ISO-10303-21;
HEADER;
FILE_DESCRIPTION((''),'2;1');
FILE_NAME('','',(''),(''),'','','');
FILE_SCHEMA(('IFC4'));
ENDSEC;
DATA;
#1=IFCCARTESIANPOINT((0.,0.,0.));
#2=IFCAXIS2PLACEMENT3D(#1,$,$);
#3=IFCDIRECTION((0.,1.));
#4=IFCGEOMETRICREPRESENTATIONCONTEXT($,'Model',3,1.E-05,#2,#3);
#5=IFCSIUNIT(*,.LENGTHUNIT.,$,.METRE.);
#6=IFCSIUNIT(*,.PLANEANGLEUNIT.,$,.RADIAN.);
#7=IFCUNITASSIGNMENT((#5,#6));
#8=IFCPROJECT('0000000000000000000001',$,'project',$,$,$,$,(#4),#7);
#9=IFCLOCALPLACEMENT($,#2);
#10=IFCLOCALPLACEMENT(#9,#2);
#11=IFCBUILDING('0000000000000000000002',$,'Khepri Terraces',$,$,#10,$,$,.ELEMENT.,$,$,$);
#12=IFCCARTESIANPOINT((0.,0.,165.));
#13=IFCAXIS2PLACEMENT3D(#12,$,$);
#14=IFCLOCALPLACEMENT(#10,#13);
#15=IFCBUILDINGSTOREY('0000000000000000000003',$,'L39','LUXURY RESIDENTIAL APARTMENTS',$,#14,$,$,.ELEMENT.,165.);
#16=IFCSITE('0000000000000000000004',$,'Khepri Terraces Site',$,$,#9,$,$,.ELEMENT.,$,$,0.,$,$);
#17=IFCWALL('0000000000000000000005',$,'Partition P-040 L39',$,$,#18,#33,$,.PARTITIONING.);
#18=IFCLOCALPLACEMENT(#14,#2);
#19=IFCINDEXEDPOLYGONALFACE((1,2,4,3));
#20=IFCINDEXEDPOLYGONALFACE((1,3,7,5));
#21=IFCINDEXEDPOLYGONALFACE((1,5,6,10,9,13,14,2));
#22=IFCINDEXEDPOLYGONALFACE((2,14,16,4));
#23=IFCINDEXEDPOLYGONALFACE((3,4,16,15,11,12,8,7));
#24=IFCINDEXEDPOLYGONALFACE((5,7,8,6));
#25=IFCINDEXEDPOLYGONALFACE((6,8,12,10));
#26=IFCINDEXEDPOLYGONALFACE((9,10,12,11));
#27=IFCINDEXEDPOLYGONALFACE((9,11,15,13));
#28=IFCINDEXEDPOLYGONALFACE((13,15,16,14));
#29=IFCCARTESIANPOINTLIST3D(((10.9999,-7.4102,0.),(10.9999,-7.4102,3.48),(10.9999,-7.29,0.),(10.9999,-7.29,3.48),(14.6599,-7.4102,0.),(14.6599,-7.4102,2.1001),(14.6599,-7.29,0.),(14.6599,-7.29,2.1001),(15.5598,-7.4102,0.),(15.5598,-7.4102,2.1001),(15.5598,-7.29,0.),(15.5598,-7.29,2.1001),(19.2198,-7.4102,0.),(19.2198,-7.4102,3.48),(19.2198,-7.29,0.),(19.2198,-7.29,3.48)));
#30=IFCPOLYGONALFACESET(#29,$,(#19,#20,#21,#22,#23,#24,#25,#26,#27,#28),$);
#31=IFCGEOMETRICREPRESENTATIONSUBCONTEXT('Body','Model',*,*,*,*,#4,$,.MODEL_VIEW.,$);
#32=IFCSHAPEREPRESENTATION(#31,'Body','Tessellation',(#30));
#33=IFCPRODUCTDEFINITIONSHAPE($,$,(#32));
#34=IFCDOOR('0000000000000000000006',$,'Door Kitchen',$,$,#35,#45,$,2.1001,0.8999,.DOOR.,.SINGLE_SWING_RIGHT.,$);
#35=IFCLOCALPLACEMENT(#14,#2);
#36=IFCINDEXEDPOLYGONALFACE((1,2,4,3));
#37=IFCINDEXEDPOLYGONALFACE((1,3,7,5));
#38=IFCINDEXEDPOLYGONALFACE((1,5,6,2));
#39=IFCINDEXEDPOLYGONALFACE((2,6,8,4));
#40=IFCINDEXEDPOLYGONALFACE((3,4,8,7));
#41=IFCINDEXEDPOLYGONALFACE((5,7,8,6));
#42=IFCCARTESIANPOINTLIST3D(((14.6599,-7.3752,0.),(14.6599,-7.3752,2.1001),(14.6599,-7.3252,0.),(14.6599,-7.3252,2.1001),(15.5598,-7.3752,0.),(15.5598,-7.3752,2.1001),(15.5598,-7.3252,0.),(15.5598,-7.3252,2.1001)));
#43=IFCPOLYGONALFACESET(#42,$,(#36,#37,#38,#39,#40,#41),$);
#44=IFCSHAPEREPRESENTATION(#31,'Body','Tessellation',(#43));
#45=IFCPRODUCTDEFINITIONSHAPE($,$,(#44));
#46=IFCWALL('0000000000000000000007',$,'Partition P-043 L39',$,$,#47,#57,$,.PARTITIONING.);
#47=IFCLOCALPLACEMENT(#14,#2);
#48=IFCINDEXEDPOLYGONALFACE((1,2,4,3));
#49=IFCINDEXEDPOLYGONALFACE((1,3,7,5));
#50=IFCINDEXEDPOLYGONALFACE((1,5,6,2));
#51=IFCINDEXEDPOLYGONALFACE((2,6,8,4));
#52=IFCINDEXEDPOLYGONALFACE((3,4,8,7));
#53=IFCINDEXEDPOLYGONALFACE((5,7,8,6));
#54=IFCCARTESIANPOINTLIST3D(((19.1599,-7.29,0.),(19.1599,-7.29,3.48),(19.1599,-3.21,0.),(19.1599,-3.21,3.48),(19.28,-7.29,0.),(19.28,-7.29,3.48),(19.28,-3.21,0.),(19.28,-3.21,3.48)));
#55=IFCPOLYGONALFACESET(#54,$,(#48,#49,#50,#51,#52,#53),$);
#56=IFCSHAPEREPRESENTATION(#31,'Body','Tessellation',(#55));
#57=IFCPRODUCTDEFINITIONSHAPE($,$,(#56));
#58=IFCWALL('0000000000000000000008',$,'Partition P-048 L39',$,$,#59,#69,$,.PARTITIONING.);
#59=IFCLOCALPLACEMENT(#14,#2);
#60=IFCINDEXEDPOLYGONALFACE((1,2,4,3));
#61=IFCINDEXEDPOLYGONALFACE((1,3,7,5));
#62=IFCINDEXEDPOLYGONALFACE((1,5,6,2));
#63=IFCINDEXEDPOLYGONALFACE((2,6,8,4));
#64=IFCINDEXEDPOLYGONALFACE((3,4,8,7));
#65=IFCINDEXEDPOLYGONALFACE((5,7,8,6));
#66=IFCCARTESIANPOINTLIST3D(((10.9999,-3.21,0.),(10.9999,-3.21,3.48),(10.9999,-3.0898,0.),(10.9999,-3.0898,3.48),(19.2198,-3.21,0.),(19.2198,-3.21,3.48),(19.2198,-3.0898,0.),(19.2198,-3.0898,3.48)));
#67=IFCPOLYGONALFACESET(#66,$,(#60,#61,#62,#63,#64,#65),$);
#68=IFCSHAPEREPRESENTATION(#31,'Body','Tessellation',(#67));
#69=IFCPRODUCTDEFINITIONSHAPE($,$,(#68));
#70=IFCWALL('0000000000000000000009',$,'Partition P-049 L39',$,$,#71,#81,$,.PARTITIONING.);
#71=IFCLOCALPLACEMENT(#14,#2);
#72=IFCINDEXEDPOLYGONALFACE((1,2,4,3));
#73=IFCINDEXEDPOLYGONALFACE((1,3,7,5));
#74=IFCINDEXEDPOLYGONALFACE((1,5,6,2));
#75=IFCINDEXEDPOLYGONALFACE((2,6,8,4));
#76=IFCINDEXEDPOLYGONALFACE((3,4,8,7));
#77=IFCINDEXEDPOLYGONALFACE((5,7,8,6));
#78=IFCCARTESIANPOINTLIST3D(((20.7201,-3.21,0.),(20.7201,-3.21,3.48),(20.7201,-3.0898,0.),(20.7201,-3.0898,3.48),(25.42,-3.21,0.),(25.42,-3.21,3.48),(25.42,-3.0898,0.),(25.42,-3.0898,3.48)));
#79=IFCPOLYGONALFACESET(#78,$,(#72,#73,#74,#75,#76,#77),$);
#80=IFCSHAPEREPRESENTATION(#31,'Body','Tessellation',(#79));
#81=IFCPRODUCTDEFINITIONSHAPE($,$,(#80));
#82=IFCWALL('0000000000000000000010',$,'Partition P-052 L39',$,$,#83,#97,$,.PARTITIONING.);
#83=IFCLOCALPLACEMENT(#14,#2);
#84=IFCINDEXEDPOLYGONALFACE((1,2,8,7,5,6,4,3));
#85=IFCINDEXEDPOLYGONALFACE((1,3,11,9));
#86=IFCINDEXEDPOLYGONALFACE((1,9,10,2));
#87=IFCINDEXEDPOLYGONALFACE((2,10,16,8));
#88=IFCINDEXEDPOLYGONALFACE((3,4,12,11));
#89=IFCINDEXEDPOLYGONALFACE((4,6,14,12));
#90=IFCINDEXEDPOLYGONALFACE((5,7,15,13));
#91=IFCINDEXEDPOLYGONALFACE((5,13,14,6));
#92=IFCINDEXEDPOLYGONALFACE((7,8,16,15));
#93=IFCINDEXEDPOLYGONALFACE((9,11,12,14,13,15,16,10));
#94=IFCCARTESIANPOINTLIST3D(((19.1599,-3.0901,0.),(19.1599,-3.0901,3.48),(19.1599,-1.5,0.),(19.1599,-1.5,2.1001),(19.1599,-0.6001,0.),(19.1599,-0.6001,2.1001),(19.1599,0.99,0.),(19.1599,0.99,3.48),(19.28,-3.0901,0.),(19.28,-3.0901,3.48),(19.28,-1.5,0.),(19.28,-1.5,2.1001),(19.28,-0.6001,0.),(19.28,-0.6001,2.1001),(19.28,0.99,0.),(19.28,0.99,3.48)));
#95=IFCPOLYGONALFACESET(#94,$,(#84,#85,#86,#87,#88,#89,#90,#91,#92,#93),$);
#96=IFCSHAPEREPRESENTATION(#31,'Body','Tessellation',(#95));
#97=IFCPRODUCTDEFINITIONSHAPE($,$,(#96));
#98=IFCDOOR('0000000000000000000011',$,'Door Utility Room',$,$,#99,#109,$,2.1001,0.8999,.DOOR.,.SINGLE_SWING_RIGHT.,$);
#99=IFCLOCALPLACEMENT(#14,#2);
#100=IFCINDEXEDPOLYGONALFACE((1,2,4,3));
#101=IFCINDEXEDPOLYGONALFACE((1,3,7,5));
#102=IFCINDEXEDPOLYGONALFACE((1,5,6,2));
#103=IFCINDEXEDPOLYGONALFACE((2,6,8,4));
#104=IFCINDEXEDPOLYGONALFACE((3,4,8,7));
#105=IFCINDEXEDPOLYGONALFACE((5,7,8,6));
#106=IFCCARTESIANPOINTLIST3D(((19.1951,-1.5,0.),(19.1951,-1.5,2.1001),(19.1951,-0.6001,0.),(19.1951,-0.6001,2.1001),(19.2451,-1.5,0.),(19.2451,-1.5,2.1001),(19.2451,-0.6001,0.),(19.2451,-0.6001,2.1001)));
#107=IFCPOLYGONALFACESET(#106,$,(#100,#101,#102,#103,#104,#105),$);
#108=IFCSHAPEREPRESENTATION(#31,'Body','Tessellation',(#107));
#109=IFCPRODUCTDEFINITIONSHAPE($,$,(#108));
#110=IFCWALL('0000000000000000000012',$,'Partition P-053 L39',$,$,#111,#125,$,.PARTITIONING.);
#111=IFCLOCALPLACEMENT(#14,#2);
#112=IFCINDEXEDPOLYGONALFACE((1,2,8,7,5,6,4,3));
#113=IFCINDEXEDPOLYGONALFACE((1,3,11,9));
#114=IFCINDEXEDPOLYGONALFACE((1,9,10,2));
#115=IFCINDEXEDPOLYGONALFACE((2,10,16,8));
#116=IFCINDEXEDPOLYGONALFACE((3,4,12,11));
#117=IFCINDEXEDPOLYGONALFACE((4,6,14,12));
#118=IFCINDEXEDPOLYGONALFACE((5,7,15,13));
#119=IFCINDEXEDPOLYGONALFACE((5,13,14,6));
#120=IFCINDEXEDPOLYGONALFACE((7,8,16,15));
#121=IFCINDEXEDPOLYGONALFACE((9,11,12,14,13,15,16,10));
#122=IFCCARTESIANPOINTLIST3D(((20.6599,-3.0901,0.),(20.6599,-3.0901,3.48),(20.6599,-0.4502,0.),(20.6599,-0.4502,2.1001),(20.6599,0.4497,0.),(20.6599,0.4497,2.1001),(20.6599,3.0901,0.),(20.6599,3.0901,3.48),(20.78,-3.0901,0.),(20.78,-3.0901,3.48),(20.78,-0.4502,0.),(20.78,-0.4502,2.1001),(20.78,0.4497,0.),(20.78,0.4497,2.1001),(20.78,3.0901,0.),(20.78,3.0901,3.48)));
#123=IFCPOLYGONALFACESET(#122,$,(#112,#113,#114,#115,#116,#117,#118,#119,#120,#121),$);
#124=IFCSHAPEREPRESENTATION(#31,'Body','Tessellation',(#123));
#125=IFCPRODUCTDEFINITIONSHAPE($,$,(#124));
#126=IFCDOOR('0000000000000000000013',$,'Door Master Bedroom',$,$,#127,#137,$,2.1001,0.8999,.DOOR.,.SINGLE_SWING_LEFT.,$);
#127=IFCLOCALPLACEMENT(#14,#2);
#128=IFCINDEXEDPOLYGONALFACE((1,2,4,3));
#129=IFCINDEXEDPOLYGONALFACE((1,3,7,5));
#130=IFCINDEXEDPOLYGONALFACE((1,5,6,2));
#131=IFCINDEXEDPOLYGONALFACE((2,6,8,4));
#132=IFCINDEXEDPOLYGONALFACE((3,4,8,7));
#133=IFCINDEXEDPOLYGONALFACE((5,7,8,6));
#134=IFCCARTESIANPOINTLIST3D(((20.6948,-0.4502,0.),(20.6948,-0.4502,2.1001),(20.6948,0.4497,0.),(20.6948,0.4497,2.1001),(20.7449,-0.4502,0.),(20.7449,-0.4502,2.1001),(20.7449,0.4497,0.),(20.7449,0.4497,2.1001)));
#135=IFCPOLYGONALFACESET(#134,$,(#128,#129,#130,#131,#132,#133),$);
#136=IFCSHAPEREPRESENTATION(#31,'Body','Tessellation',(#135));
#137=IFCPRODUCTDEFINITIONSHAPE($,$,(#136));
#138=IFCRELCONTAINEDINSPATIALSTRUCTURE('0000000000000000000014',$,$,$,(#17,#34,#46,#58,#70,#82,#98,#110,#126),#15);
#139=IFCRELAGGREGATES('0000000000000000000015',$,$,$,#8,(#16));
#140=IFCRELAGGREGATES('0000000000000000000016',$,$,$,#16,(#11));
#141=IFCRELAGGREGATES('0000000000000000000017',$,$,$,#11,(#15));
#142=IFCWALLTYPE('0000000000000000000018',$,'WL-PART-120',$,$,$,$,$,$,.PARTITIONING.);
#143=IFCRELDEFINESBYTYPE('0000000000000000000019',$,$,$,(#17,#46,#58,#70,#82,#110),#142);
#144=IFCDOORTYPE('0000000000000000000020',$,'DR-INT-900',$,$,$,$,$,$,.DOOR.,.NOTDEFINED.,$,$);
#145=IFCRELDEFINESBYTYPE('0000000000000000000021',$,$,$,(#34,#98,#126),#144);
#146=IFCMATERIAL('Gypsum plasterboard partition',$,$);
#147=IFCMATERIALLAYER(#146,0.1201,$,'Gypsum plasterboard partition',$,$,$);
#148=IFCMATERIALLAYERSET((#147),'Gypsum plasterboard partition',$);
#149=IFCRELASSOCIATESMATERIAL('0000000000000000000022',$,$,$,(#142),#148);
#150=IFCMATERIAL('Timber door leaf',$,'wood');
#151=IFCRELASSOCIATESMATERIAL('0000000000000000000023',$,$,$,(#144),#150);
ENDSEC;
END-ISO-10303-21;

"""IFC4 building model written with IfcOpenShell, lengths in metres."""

from ifc_helpers import new_model, si_unit, direction, frame, frame_2d, origin, place, context, subcontext, project, spatial, rectangle, extrude, material, layer, layer_set, type_object, element, fill, save


model = new_model("IFC4")

# Units and contexts
model_context = context("Model", 3, precision=1e-05, world=origin(), true_north=direction((0.0, 1.0)))
body_context = subcontext(model_context, "Body", "Model", "MODEL_VIEW")
ifc_project = project(units=[si_unit("LENGTHUNIT", "METRE"), si_unit("PLANEANGLEUNIT", "RADIAN")], contexts=[model_context])

# Site, building, storey
site_placement = place(None, origin())
site = spatial("IfcSite", under=ifc_project, at=site_placement, Name="Khepri Terraces Site", CompositionType="ELEMENT", RefElevation=0.0)
building_placement = place(site_placement, origin())
building = spatial("IfcBuilding", under=site, at=building_placement, Name="Khepri Terraces", CompositionType="ELEMENT")
storey_placement = place(building_placement, frame((0.0, 0.0, 165.0)))
storey = spatial("IfcBuildingStorey", under=building, at=storey_placement, Name="L39", Description="LUXURY RESIDENTIAL APARTMENTS", CompositionType="ELEMENT", Elevation=165.0)

# Shared definitions
ifc_material_1 = material(Name="Gypsum plasterboard partition")
ifc_layer_1 = layer(ifc_material_1, 0.1201, Name="Gypsum plasterboard partition")
ifc_layer_set_1 = layer_set([ifc_layer_1], Name="Gypsum plasterboard partition")
wall_type_1 = type_object("IfcWallType", Name="WL-PART-120", PredefinedType="PARTITIONING", material=ifc_layer_set_1)
ifc_material_2 = material(Name="Timber door leaf", Category="wood")
door_type_1 = type_object("IfcDoorType", Name="DR-INT-900", OperationType="NOTDEFINED", PredefinedType="DOOR", material=ifc_material_2)

# Wall, opening, door
wall_1_placement = place(storey_placement, frame((11.0, -7.3501, 0.0), z_axis=(0.0, 0.0, 1.0), x_axis=(1.0, 0.0, 0.0)))
wall_1 = element("IfcWall", 1, at=wall_1_placement, inside=storey, type_object=wall_type_1, Name="Partition P-040 L39", PredefinedType="PARTITIONING", context=body_context, shape_type="SweptSolid", body=[
    extrude(rectangle(XDim=8.22, YDim=0.1201, at=frame_2d((4.1099, 0.0))), origin(), (0.0, 0.0, 1.0), 3.48),
])
opening_1_placement = place(wall_1_placement, frame((3.6599, 0.0, 0.0)))
opening_1 = element("IfcOpeningElement", 2, at=opening_1_placement, cuts=wall_1, PredefinedType="OPENING", context=body_context, shape_type="SweptSolid", body=[
    extrude(rectangle(XDim=0.8999, YDim=2.1001, at=frame_2d((0.45, 1.05))), frame((0.0, 0.0701, 0.0), z_axis=(0.0, -1.0, 0.0), x_axis=(1.0, 0.0, 0.0)), (0.0, 0.0, 1.0), 0.1401),
])
door_1_placement = place(opening_1_placement, origin())
door_1 = element("IfcDoor", 3, at=door_1_placement, inside=storey, type_object=door_type_1, Name="Door Kitchen", OperationType="SINGLE_SWING_RIGHT", OverallHeight=2.1001, OverallWidth=0.8999, PredefinedType="DOOR", context=body_context, shape_type="SweptSolid", body=[
    extrude(rectangle(XDim=0.8999, YDim=2.1001, at=frame_2d((0.45, 1.05))), frame((0.0, 0.0249, 0.0), z_axis=(0.0, -1.0, 0.0), x_axis=(1.0, 0.0, 0.0)), (0.0, 0.0, 1.0), 0.05),
])
fill(opening_1, door_1)

# Walls
wall_2_placement = place(storey_placement, frame((19.22, -7.29, 0.0), z_axis=(0.0, 0.0, 1.0), x_axis=(0.0, 1.0, 0.0)))
element("IfcWall", 4, at=wall_2_placement, inside=storey, type_object=wall_type_1, Name="Partition P-043 L39", PredefinedType="PARTITIONING", context=body_context, shape_type="SweptSolid", body=[
    extrude(rectangle(XDim=4.0801, YDim=0.1201, at=frame_2d((2.04, 0.0))), origin(), (0.0, 0.0, 1.0), 3.48),
])
wall_3_placement = place(storey_placement, frame((11.0, -3.1499, 0.0), z_axis=(0.0, 0.0, 1.0), x_axis=(1.0, 0.0, 0.0)))
element("IfcWall", 5, at=wall_3_placement, inside=storey, type_object=wall_type_1, Name="Partition P-048 L39", PredefinedType="PARTITIONING", context=body_context, shape_type="SweptSolid", body=[
    extrude(rectangle(XDim=8.22, YDim=0.1201, at=frame_2d((4.1099, 0.0))), origin(), (0.0, 0.0, 1.0), 3.48),
])
wall_4_placement = place(storey_placement, frame((20.72, -3.1499, 0.0), z_axis=(0.0, 0.0, 1.0), x_axis=(1.0, 0.0, 0.0)))
element("IfcWall", 6, at=wall_4_placement, inside=storey, type_object=wall_type_1, Name="Partition P-049 L39", PredefinedType="PARTITIONING", context=body_context, shape_type="SweptSolid", body=[
    extrude(rectangle(XDim=4.7, YDim=0.1201, at=frame_2d((2.3501, 0.0))), origin(), (0.0, 0.0, 1.0), 3.48),
])

# Walls, openings, doors
wall_5_placement = place(storey_placement, frame((19.22, -3.0901, 0.0), z_axis=(0.0, 0.0, 1.0), x_axis=(0.0, 1.0, 0.0)))
wall_5 = element("IfcWall", 7, at=wall_5_placement, inside=storey, type_object=wall_type_1, Name="Partition P-052 L39", PredefinedType="PARTITIONING", context=body_context, shape_type="SweptSolid", body=[
    extrude(rectangle(XDim=4.0801, YDim=0.1201, at=frame_2d((2.04, 0.0))), origin(), (0.0, 0.0, 1.0), 3.48),
])
opening_2_placement = place(wall_5_placement, frame((1.5901, 0.0, 0.0)))
opening_2 = element("IfcOpeningElement", 8, at=opening_2_placement, cuts=wall_5, PredefinedType="OPENING", context=body_context, shape_type="SweptSolid", body=[
    extrude(rectangle(XDim=0.8999, YDim=2.1001, at=frame_2d((0.45, 1.05))), frame((0.0, 0.0701, 0.0), z_axis=(0.0, -1.0, 0.0), x_axis=(1.0, 0.0, 0.0)), (0.0, 0.0, 1.0), 0.1401),
])
door_2_placement = place(opening_2_placement, origin())
door_2 = element("IfcDoor", 9, at=door_2_placement, inside=storey, type_object=door_type_1, Name="Door Utility Room", OperationType="SINGLE_SWING_RIGHT", OverallHeight=2.1001, OverallWidth=0.8999, PredefinedType="DOOR", context=body_context, shape_type="SweptSolid", body=[
    extrude(rectangle(XDim=0.8999, YDim=2.1001, at=frame_2d((0.45, 1.05))), frame((0.0, 0.0249, 0.0), z_axis=(0.0, -1.0, 0.0), x_axis=(1.0, 0.0, 0.0)), (0.0, 0.0, 1.0), 0.05),
])
fill(opening_2, door_2)
wall_6_placement = place(storey_placement, frame((20.72, -3.0901, 0.0), z_axis=(0.0, 0.0, 1.0), x_axis=(0.0, 1.0, 0.0)))
wall_6 = element("IfcWall", 10, at=wall_6_placement, inside=storey, type_object=wall_type_1, Name="Partition P-053 L39", PredefinedType="PARTITIONING", context=body_context, shape_type="SweptSolid", body=[
    extrude(rectangle(XDim=6.1802, YDim=0.1201, at=frame_2d((3.0901, 0.0))), origin(), (0.0, 0.0, 1.0), 3.48),
])
opening_3_placement = place(wall_6_placement, frame((2.6399, 0.0, 0.0)))
opening_3 = element("IfcOpeningElement", 11, at=opening_3_placement, cuts=wall_6, PredefinedType="OPENING", context=body_context, shape_type="SweptSolid", body=[
    extrude(rectangle(XDim=0.8999, YDim=2.1001, at=frame_2d((0.45, 1.05))), frame((0.0, 0.0701, 0.0), z_axis=(0.0, -1.0, 0.0), x_axis=(1.0, 0.0, 0.0)), (0.0, 0.0, 1.0), 0.1401),
])
door_3_placement = place(opening_3_placement, frame((0.8999, 0.0, 0.0), z_axis=(0.0, 0.0, 1.0), x_axis=(-1.0, 0.0, 0.0)))
door_3 = element("IfcDoor", 12, at=door_3_placement, inside=storey, type_object=door_type_1, Name="Door Master Bedroom", OperationType="SINGLE_SWING_LEFT", OverallHeight=2.1001, OverallWidth=0.8999, PredefinedType="DOOR", context=body_context, shape_type="SweptSolid", body=[
    extrude(rectangle(XDim=0.8999, YDim=2.1001, at=frame_2d((0.45, 1.05))), frame((0.0, 0.0249, 0.0), z_axis=(0.0, -1.0, 0.0), x_axis=(1.0, 0.0, 0.0)), (0.0, 0.0, 1.0), 0.05),
])
fill(opening_3, door_3)

save(model, "model.ifc")
